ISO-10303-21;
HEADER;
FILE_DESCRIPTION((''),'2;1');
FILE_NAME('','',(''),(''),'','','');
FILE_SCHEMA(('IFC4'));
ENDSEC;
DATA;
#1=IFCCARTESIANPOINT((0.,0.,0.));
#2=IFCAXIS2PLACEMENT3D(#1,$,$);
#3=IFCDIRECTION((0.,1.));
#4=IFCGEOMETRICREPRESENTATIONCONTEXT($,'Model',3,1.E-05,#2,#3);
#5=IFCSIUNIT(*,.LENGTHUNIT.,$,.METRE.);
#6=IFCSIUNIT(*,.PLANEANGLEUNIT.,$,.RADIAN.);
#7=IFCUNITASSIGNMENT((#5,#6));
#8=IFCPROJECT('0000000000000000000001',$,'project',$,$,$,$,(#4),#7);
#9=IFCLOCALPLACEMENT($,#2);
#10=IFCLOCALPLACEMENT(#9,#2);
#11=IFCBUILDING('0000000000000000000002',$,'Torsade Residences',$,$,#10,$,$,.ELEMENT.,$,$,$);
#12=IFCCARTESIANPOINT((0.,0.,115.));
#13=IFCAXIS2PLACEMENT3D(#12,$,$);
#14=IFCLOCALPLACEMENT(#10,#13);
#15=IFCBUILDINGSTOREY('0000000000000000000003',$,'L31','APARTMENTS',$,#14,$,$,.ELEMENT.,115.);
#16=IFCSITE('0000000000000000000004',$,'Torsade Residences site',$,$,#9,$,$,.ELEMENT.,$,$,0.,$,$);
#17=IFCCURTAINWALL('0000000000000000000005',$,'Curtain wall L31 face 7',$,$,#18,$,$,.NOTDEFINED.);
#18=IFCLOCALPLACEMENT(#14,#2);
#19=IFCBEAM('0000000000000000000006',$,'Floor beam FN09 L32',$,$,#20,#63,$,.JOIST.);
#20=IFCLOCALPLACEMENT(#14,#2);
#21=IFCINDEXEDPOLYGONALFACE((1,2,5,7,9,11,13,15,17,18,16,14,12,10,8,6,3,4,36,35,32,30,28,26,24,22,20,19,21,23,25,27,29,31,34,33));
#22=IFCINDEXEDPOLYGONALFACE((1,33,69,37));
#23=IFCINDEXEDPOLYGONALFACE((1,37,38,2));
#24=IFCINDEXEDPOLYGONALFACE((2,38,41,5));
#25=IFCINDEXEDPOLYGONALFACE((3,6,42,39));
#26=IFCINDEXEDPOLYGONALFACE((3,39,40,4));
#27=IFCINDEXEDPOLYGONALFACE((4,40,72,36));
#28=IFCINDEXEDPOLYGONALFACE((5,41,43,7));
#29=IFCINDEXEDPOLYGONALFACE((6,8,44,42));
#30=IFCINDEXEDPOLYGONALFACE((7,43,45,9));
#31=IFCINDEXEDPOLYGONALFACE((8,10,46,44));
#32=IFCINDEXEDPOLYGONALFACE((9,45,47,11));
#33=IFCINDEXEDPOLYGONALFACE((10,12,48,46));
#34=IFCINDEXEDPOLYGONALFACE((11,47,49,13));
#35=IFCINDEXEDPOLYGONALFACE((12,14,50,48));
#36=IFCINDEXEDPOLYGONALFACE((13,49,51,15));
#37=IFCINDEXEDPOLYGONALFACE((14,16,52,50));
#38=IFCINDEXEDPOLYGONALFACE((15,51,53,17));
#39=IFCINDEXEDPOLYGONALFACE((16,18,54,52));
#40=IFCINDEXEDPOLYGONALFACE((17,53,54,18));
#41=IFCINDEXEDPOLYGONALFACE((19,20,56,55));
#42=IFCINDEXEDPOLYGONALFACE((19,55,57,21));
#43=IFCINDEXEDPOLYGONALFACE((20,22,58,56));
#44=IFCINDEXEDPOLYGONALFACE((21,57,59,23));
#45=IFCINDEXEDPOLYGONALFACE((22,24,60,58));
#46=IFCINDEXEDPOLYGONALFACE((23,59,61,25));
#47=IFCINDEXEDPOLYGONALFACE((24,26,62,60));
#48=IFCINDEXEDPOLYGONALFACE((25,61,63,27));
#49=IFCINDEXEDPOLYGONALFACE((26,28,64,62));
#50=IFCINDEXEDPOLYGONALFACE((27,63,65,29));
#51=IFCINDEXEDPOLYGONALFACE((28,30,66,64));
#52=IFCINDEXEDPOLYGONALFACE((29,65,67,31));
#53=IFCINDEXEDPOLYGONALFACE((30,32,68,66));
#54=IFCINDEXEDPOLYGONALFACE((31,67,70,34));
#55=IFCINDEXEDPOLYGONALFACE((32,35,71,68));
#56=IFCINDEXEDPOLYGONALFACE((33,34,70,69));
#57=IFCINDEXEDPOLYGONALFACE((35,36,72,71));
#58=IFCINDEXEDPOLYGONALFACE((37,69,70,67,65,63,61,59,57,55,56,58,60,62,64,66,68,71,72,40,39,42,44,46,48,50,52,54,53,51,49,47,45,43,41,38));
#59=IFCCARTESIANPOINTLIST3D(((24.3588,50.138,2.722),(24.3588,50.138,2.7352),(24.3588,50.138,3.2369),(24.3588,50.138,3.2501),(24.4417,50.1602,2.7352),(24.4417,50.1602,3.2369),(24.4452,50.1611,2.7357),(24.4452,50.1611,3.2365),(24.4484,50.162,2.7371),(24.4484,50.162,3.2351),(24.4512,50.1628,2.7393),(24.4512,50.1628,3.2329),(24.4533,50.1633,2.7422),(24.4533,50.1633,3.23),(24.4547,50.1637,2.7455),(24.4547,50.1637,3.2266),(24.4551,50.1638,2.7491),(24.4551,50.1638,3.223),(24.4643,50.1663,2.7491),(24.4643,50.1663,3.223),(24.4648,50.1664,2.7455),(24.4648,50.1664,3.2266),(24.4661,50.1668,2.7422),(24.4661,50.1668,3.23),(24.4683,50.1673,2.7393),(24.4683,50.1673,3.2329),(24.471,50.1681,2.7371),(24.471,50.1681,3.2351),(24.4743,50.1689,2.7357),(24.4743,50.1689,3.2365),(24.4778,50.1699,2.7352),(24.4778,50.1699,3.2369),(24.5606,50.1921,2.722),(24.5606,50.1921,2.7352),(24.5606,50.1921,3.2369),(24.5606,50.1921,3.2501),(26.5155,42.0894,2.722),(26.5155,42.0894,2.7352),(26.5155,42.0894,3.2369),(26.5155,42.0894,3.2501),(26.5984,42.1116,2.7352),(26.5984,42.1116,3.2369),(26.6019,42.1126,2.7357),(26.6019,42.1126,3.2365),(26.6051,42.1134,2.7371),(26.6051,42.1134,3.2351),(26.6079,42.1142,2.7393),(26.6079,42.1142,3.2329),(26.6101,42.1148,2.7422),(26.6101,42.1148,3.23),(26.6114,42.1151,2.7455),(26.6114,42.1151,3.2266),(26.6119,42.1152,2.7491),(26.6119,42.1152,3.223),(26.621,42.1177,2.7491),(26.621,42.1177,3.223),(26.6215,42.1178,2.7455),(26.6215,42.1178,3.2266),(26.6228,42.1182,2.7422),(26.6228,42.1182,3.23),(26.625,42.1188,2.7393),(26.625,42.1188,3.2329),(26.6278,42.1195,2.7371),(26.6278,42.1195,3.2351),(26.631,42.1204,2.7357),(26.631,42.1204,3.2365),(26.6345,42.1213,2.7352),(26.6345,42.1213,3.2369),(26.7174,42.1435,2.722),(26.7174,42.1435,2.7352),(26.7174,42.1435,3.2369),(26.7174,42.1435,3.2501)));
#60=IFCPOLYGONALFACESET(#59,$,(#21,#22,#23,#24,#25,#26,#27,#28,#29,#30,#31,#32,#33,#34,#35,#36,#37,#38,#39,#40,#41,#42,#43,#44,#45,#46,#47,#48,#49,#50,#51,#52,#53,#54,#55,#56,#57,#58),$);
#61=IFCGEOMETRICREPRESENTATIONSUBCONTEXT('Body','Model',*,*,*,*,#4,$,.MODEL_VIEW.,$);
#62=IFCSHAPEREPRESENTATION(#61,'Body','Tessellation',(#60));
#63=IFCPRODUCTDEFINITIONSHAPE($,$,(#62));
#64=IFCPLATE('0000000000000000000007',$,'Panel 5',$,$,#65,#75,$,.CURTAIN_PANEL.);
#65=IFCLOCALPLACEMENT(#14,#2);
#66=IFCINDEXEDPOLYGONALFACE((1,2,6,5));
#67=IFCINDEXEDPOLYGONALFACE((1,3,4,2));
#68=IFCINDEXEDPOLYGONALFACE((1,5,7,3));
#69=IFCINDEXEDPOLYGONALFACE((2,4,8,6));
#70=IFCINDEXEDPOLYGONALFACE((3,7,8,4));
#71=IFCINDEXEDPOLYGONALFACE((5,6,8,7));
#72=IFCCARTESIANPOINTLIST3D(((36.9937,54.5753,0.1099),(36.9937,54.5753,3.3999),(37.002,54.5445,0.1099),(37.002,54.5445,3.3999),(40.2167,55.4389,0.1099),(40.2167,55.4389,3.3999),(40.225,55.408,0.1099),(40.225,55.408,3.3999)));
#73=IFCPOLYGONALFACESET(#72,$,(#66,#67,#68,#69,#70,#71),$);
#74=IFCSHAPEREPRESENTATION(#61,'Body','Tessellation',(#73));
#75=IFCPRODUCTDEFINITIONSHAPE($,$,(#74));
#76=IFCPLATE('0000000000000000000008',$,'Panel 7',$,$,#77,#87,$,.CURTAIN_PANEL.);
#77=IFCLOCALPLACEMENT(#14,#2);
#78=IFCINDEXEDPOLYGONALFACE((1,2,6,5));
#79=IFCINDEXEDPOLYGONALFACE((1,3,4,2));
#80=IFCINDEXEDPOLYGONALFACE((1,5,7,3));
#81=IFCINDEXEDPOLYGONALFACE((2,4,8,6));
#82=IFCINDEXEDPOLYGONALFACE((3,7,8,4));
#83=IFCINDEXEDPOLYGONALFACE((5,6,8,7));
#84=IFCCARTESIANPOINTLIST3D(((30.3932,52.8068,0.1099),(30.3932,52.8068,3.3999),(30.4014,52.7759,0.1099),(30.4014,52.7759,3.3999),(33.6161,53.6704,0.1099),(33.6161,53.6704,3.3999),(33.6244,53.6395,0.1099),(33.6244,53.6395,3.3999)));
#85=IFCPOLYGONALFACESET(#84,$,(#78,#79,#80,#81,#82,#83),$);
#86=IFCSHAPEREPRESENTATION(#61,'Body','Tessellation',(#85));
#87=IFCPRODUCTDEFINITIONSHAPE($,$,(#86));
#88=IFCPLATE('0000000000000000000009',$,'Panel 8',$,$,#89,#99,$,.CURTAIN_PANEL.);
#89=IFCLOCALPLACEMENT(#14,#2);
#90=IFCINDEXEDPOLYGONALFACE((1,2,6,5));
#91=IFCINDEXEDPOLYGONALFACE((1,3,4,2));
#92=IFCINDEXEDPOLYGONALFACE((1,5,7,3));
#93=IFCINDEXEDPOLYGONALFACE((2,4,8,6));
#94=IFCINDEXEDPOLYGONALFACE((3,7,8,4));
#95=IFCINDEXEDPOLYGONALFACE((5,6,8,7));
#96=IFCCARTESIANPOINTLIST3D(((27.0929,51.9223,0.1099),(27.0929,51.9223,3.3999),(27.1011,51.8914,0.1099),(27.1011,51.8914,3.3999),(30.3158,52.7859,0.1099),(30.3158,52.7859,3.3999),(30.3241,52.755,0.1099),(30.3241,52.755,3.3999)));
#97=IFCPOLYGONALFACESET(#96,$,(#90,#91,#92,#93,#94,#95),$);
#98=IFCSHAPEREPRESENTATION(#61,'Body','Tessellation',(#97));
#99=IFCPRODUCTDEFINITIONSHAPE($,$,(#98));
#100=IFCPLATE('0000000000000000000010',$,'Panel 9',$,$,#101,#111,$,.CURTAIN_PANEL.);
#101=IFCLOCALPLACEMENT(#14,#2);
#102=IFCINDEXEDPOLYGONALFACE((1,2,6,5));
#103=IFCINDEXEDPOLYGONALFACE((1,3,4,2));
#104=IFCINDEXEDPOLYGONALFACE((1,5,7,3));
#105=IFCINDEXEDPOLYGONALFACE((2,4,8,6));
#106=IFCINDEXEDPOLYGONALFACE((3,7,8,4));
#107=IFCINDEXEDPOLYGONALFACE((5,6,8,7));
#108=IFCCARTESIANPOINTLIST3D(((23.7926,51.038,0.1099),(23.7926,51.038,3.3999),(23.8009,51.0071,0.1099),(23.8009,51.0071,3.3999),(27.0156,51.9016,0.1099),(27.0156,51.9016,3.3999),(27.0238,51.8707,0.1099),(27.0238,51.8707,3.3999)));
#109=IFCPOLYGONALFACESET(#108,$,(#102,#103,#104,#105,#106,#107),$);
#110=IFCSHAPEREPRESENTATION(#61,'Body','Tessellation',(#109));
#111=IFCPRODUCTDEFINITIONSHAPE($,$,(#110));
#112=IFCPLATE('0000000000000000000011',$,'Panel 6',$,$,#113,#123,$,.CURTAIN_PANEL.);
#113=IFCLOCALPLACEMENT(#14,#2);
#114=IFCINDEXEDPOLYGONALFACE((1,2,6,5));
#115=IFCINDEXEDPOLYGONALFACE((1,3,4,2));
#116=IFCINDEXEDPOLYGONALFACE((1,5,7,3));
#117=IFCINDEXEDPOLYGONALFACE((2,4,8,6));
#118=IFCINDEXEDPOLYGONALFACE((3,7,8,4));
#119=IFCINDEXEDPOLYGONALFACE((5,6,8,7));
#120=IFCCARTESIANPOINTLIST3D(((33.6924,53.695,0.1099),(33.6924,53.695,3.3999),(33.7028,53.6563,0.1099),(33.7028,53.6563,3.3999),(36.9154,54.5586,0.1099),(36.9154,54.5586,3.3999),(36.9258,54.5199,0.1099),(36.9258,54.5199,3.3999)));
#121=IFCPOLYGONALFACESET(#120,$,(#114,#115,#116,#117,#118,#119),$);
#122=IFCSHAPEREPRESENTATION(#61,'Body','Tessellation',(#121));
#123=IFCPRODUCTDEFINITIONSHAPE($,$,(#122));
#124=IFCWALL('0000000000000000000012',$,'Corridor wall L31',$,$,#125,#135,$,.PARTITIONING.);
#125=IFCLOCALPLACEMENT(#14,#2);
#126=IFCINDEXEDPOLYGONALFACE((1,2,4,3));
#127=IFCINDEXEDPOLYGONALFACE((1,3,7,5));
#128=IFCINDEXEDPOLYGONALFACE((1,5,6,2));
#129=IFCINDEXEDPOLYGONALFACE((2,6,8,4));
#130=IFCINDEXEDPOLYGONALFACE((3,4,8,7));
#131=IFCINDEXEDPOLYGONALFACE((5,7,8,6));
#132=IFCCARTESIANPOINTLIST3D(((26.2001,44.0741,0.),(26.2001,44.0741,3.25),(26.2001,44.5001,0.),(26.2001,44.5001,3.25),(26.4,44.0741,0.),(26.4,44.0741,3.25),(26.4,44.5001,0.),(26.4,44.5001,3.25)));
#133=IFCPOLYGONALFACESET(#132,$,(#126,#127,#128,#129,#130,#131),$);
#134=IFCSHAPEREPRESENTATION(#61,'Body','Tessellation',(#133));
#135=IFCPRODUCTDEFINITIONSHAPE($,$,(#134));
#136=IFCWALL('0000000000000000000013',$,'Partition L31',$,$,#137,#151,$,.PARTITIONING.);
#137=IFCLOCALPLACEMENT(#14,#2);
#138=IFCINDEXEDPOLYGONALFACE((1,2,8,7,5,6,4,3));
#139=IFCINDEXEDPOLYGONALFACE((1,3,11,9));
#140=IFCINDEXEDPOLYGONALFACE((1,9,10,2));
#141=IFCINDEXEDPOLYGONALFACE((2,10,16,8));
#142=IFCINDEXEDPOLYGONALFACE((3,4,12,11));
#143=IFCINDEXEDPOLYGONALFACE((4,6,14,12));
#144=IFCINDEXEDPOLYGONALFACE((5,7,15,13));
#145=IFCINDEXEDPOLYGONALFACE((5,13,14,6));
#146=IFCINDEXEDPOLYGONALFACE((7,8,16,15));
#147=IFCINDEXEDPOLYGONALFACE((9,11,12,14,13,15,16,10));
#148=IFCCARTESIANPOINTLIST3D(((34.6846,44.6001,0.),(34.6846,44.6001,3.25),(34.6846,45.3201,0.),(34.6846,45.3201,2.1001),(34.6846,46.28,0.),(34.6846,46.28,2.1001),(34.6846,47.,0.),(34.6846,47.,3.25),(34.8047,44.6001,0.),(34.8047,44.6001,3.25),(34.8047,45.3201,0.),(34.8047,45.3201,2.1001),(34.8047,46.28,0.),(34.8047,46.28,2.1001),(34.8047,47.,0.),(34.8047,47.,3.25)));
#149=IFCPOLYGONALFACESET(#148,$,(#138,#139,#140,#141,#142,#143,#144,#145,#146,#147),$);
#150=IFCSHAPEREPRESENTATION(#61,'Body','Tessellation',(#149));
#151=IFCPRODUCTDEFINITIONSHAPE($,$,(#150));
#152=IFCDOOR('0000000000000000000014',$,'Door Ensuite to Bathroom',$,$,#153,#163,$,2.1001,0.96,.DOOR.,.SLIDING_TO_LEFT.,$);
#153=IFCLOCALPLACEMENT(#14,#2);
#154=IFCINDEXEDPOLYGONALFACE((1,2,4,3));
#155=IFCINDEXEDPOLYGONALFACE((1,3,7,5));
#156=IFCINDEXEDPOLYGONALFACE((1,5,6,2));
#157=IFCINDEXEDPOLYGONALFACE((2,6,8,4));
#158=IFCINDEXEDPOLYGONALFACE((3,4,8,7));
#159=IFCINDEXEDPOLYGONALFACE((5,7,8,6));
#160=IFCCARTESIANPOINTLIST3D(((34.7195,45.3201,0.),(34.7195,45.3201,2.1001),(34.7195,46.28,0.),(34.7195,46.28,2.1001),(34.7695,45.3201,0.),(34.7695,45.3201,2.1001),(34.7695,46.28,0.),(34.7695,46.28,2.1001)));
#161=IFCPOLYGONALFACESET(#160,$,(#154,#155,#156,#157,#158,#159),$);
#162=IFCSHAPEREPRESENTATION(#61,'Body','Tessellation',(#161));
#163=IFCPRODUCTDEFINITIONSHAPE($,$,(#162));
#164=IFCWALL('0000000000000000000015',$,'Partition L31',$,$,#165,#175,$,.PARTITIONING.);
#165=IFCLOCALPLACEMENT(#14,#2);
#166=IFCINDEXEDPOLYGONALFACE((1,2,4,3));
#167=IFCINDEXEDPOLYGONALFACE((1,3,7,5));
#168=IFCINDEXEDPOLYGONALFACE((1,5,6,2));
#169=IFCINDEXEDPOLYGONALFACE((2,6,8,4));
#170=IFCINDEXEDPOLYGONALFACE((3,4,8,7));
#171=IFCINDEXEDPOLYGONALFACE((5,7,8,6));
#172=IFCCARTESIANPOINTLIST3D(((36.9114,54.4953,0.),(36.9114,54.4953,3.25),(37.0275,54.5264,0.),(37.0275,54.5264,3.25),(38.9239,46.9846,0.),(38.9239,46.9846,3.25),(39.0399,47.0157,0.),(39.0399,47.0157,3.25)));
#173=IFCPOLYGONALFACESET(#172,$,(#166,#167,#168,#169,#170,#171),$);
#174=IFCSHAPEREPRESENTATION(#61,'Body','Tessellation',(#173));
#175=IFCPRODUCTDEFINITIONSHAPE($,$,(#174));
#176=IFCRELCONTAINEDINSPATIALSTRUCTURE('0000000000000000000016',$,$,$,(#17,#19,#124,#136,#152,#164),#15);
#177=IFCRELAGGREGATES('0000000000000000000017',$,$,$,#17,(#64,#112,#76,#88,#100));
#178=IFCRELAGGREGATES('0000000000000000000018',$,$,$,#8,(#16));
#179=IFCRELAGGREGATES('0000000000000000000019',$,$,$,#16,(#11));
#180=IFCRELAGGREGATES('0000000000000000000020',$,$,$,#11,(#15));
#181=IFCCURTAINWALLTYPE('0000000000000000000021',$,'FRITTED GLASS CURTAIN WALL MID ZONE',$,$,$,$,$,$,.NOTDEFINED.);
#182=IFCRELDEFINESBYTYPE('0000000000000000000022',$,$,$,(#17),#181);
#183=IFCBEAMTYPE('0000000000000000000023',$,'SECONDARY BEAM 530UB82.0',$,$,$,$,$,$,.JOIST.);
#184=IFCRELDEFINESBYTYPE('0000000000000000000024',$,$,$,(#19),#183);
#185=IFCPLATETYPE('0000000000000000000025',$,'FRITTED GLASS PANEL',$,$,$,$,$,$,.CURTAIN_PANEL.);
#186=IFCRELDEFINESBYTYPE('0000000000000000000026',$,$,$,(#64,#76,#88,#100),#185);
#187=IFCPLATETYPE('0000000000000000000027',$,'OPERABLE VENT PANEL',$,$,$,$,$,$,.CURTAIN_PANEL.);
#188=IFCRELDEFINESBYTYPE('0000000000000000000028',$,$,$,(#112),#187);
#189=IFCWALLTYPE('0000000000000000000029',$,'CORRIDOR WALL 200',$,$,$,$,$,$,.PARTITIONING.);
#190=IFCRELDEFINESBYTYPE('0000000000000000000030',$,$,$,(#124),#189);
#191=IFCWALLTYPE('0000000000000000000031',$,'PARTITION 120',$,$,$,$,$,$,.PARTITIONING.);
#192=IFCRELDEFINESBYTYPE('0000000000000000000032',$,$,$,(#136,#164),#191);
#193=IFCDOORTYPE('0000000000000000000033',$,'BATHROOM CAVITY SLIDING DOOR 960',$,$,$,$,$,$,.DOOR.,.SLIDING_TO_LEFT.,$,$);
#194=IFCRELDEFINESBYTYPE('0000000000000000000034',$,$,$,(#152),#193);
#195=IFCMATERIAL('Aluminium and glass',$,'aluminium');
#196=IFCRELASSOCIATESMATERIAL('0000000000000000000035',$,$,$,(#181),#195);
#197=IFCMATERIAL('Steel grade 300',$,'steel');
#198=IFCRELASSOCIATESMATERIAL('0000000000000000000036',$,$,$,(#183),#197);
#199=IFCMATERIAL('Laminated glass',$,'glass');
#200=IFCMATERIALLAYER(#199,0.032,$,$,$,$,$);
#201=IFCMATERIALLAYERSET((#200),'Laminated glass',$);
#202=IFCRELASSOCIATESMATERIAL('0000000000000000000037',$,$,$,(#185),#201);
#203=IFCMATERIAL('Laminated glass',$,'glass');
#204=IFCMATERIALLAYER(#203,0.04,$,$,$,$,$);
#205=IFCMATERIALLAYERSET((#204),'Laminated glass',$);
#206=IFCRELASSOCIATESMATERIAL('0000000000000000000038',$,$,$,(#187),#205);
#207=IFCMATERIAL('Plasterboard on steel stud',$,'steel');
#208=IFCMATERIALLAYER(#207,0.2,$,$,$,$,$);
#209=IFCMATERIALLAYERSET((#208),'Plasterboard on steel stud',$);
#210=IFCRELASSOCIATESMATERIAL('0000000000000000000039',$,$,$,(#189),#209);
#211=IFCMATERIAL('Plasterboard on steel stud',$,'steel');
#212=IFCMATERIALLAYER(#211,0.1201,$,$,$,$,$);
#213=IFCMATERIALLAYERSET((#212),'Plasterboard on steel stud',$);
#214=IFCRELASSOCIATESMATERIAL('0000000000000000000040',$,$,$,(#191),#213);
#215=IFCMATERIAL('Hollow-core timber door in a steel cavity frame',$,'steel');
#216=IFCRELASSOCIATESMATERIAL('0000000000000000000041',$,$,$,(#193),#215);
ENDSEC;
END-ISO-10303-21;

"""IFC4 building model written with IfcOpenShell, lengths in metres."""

from ifc_helpers import new_model, si_unit, direction, frame, frame_2d, origin, origin_2d, place, context, subcontext, project, spatial, rectangle, i_section, extrude, material, layer, layer_set, material_profile, profile_set, type_object, element, fill, aggregate, save


model = new_model("IFC4")

# Units and contexts
model_context = context("Model", 3, precision=1e-05, world=origin(), true_north=direction((0.0, 1.0)))
body_context = subcontext(model_context, "Body", "Model", "MODEL_VIEW")
ifc_project = project(units=[si_unit("LENGTHUNIT", "METRE"), si_unit("PLANEANGLEUNIT", "RADIAN")], contexts=[model_context])

# Site, building, storey
site_placement = place(None, origin())
site = spatial("IfcSite", under=ifc_project, at=site_placement, Name="Torsade Residences site", CompositionType="ELEMENT", RefElevation=0.0)
building_placement = place(site_placement, origin())
building = spatial("IfcBuilding", under=site, at=building_placement, Name="Torsade Residences", CompositionType="ELEMENT")
storey_placement = place(building_placement, frame((0.0, 0.0, 115.0)))
storey = spatial("IfcBuildingStorey", under=building, at=storey_placement, Name="L31", Description="APARTMENTS", CompositionType="ELEMENT", Elevation=115.0)

# Curtain wall
ifc_material_1 = material(Name="Aluminium and glass", Category="aluminium")
curtain_wall_type = type_object("IfcCurtainWallType", Name="FRITTED GLASS CURTAIN WALL MID ZONE", PredefinedType="NOTDEFINED", material=ifc_material_1)
curtain_wall_placement = place(storey_placement, origin())
curtain_wall = element("IfcCurtainWall", 1, at=curtain_wall_placement, inside=storey, type_object=curtain_wall_type, Name="Curtain wall L31 face 7", PredefinedType="NOTDEFINED")

# Beam
ifc_material_2 = material(Name="Steel grade 300", Category="steel")
ifc_material_profile_1 = material_profile(ifc_material_2, i_section(OverallWidth=0.209, OverallDepth=0.5281, WebThickness=0.0095, FlangeThickness=0.0132, FilletRadius=0.0139, at=origin_2d()), Name="530UB82.0")
ifc_profile_set_1 = profile_set([ifc_material_profile_1], Name="Steel grade 300")
beam_type_1 = type_object("IfcBeamType", Name="SECONDARY BEAM 530UB82.0", PredefinedType="JOIST", material=ifc_profile_set_1)
beam_1_placement = place(storey_placement, frame((24.4597, 50.165, 2.9861), z_axis=(0.258833, -0.965922, 0.0), x_axis=(0.965922, 0.258833, 0.0)))
element("IfcBeam", 2, at=beam_1_placement, inside=storey, type_object=beam_type_1, Name="Floor beam FN09 L32", PredefinedType="JOIST", context=body_context, shape_type="SweptSolid", body=[
    extrude(i_section(OverallWidth=0.209, OverallDepth=0.5281, WebThickness=0.0095, FlangeThickness=0.0132, FilletRadius=0.0139, at=origin_2d()), origin(), (0.0, 0.0, 1.0), 8.3325),
])

# Plates
ifc_material_3 = material(Name="Laminated glass", Category="glass")
ifc_layer_1 = layer(ifc_material_3, 0.032)
ifc_layer_set_1 = layer_set([ifc_layer_1], Name="Laminated glass")
plate_type_1 = type_object("IfcPlateType", Name="FRITTED GLASS PANEL", PredefinedType="CURTAIN_PANEL", material=ifc_layer_set_1)
plate_1_placement = place(storey_placement, frame((38.6094, 54.9917, 0.1099), z_axis=(0.0, 0.0, 1.0), x_axis=(-0.965926, -0.258819, 0.0)))
plate_1 = element("IfcPlate", 3, at=plate_1_placement, type_object=plate_type_1, Name="Panel 5", PredefinedType="CURTAIN_PANEL", context=body_context, shape_type="SweptSolid", body=[
    extrude(rectangle(XDim=3.3367, YDim=0.032, at=origin_2d()), origin(), (0.0, 0.0, 1.0), 3.29),
])
plate_2_placement = place(storey_placement, frame((32.0088, 53.2231, 0.1099), z_axis=(0.0, 0.0, 1.0), x_axis=(-0.965926, -0.258819, 0.0)))
plate_2 = element("IfcPlate", 4, at=plate_2_placement, type_object=plate_type_1, Name="Panel 7", PredefinedType="CURTAIN_PANEL", context=body_context, shape_type="SweptSolid", body=[
    extrude(rectangle(XDim=3.3367, YDim=0.032, at=origin_2d()), origin(), (0.0, 0.0, 1.0), 3.29),
])
plate_3_placement = place(storey_placement, frame((28.7085, 52.3386, 0.1099), z_axis=(0.0, 0.0, 1.0), x_axis=(-0.965926, -0.258819, 0.0)))
plate_3 = element("IfcPlate", 5, at=plate_3_placement, type_object=plate_type_1, Name="Panel 8", PredefinedType="CURTAIN_PANEL", context=body_context, shape_type="SweptSolid", body=[
    extrude(rectangle(XDim=3.3367, YDim=0.032, at=origin_2d()), origin(), (0.0, 0.0, 1.0), 3.29),
])
plate_4_placement = place(storey_placement, frame((25.4082, 51.4543, 0.1099), z_axis=(0.0, 0.0, 1.0), x_axis=(-0.965926, -0.258819, 0.0)))
plate_4 = element("IfcPlate", 6, at=plate_4_placement, type_object=plate_type_1, Name="Panel 9", PredefinedType="CURTAIN_PANEL", context=body_context, shape_type="SweptSolid", body=[
    extrude(rectangle(XDim=3.3367, YDim=0.032, at=origin_2d()), origin(), (0.0, 0.0, 1.0), 3.29),
])
ifc_material_4 = material(Name="Laminated glass", Category="glass")
ifc_layer_2 = layer(ifc_material_4, 0.04)
ifc_layer_set_2 = layer_set([ifc_layer_2], Name="Laminated glass")
plate_type_2 = type_object("IfcPlateType", Name="OPERABLE VENT PANEL", PredefinedType="CURTAIN_PANEL", material=ifc_layer_set_2)
plate_5_placement = place(storey_placement, frame((35.3091, 54.1074, 0.1099), z_axis=(0.0, 0.0, 1.0), x_axis=(-0.965926, -0.258819, 0.0)))
plate_5 = element("IfcPlate", 7, at=plate_5_placement, type_object=plate_type_2, Name="Panel 6", PredefinedType="CURTAIN_PANEL", context=body_context, shape_type="SweptSolid", body=[
    extrude(rectangle(XDim=3.3367, YDim=0.04, at=origin_2d()), origin(), (0.0, 0.0, 1.0), 3.29),
])
aggregate(curtain_wall, [plate_1, plate_5, plate_2, plate_3, plate_4])

# Wall
ifc_material_5 = material(Name="Plasterboard on steel stud", Category="steel")
ifc_layer_3 = layer(ifc_material_5, 0.2)
ifc_layer_set_3 = layer_set([ifc_layer_3], Name="Plasterboard on steel stud")
wall_type_1 = type_object("IfcWallType", Name="CORRIDOR WALL 200", PredefinedType="PARTITIONING", material=ifc_layer_set_3)
wall_1_placement = place(storey_placement, frame((26.3, 44.5, 0.0), z_axis=(0.0, 0.0, 1.0), x_axis=(0.0, -1.0, 0.0)))
element("IfcWall", 8, at=wall_1_placement, inside=storey, type_object=wall_type_1, Name="Corridor wall L31", PredefinedType="PARTITIONING", context=body_context, shape_type="SweptSolid", body=[
    extrude(rectangle(XDim=0.426, YDim=0.2, at=frame_2d((0.2129, 0.0))), origin(), (0.0, 0.0, 1.0), 3.25),
])

# Wall, opening, door
ifc_material_6 = material(Name="Plasterboard on steel stud", Category="steel")
ifc_layer_4 = layer(ifc_material_6, 0.1201)
ifc_layer_set_4 = layer_set([ifc_layer_4], Name="Plasterboard on steel stud")
wall_type_2 = type_object("IfcWallType", Name="PARTITION 120", PredefinedType="PARTITIONING", material=ifc_layer_set_4)
wall_2_placement = place(storey_placement, frame((34.7446, 47.0, 0.0), z_axis=(0.0, 0.0, 1.0), x_axis=(0.0, -1.0, 0.0)))
wall_2 = element("IfcWall", 9, at=wall_2_placement, inside=storey, type_object=wall_type_2, Name="Partition L31", PredefinedType="PARTITIONING", context=body_context, shape_type="SweptSolid", body=[
    extrude(rectangle(XDim=2.3999, YDim=0.1201, at=frame_2d((1.2, 0.0))), origin(), (0.0, 0.0, 1.0), 3.25),
])
opening_1_placement = place(wall_2_placement, frame((0.72, 0.0, 0.0)))
opening_1 = element("IfcOpeningElement", 10, at=opening_1_placement, cuts=wall_2, PredefinedType="OPENING", context=body_context, shape_type="SweptSolid", body=[
    extrude(rectangle(XDim=0.96, YDim=2.1001, at=frame_2d((0.48, 1.05))), frame((0.0, 0.0701, 0.0), z_axis=(0.0, -1.0, 0.0), x_axis=(1.0, 0.0, 0.0)), (0.0, 0.0, 1.0), 0.1401),
])
ifc_material_7 = material(Name="Hollow-core timber door in a steel cavity frame", Category="steel")
door_type_1 = type_object("IfcDoorType", Name="BATHROOM CAVITY SLIDING DOOR 960", OperationType="SLIDING_TO_LEFT", PredefinedType="DOOR", material=ifc_material_7)
door_1_placement = place(opening_1_placement, origin())
door_1 = element("IfcDoor", 11, at=door_1_placement, inside=storey, type_object=door_type_1, Name="Door Ensuite to Bathroom", OperationType="SLIDING_TO_LEFT", OverallHeight=2.1001, OverallWidth=0.96, PredefinedType="DOOR", context=body_context, shape_type="SweptSolid", body=[
    extrude(rectangle(XDim=0.96, YDim=2.1001, at=frame_2d((0.48, 1.05))), frame((0.0, 0.0249, 0.0), z_axis=(0.0, -1.0, 0.0), x_axis=(1.0, 0.0, 0.0)), (0.0, 0.0, 1.0), 0.05),
])
fill(opening_1, door_1)

# Wall
wall_3_placement = place(storey_placement, frame((36.9695, 54.5107, 0.0), z_axis=(0.0, 0.0, 1.0), x_axis=(0.258814, -0.965927, 0.0)))
element("IfcWall", 12, at=wall_3_placement, inside=storey, type_object=wall_type_2, Name="Partition L31", PredefinedType="PARTITIONING", context=body_context, shape_type="SweptSolid", body=[
    extrude(rectangle(XDim=7.7756, YDim=0.1201, at=frame_2d((3.8877, 0.0))), origin(), (0.0, 0.0, 1.0), 3.25),
])

save(model, "model.ifc")
